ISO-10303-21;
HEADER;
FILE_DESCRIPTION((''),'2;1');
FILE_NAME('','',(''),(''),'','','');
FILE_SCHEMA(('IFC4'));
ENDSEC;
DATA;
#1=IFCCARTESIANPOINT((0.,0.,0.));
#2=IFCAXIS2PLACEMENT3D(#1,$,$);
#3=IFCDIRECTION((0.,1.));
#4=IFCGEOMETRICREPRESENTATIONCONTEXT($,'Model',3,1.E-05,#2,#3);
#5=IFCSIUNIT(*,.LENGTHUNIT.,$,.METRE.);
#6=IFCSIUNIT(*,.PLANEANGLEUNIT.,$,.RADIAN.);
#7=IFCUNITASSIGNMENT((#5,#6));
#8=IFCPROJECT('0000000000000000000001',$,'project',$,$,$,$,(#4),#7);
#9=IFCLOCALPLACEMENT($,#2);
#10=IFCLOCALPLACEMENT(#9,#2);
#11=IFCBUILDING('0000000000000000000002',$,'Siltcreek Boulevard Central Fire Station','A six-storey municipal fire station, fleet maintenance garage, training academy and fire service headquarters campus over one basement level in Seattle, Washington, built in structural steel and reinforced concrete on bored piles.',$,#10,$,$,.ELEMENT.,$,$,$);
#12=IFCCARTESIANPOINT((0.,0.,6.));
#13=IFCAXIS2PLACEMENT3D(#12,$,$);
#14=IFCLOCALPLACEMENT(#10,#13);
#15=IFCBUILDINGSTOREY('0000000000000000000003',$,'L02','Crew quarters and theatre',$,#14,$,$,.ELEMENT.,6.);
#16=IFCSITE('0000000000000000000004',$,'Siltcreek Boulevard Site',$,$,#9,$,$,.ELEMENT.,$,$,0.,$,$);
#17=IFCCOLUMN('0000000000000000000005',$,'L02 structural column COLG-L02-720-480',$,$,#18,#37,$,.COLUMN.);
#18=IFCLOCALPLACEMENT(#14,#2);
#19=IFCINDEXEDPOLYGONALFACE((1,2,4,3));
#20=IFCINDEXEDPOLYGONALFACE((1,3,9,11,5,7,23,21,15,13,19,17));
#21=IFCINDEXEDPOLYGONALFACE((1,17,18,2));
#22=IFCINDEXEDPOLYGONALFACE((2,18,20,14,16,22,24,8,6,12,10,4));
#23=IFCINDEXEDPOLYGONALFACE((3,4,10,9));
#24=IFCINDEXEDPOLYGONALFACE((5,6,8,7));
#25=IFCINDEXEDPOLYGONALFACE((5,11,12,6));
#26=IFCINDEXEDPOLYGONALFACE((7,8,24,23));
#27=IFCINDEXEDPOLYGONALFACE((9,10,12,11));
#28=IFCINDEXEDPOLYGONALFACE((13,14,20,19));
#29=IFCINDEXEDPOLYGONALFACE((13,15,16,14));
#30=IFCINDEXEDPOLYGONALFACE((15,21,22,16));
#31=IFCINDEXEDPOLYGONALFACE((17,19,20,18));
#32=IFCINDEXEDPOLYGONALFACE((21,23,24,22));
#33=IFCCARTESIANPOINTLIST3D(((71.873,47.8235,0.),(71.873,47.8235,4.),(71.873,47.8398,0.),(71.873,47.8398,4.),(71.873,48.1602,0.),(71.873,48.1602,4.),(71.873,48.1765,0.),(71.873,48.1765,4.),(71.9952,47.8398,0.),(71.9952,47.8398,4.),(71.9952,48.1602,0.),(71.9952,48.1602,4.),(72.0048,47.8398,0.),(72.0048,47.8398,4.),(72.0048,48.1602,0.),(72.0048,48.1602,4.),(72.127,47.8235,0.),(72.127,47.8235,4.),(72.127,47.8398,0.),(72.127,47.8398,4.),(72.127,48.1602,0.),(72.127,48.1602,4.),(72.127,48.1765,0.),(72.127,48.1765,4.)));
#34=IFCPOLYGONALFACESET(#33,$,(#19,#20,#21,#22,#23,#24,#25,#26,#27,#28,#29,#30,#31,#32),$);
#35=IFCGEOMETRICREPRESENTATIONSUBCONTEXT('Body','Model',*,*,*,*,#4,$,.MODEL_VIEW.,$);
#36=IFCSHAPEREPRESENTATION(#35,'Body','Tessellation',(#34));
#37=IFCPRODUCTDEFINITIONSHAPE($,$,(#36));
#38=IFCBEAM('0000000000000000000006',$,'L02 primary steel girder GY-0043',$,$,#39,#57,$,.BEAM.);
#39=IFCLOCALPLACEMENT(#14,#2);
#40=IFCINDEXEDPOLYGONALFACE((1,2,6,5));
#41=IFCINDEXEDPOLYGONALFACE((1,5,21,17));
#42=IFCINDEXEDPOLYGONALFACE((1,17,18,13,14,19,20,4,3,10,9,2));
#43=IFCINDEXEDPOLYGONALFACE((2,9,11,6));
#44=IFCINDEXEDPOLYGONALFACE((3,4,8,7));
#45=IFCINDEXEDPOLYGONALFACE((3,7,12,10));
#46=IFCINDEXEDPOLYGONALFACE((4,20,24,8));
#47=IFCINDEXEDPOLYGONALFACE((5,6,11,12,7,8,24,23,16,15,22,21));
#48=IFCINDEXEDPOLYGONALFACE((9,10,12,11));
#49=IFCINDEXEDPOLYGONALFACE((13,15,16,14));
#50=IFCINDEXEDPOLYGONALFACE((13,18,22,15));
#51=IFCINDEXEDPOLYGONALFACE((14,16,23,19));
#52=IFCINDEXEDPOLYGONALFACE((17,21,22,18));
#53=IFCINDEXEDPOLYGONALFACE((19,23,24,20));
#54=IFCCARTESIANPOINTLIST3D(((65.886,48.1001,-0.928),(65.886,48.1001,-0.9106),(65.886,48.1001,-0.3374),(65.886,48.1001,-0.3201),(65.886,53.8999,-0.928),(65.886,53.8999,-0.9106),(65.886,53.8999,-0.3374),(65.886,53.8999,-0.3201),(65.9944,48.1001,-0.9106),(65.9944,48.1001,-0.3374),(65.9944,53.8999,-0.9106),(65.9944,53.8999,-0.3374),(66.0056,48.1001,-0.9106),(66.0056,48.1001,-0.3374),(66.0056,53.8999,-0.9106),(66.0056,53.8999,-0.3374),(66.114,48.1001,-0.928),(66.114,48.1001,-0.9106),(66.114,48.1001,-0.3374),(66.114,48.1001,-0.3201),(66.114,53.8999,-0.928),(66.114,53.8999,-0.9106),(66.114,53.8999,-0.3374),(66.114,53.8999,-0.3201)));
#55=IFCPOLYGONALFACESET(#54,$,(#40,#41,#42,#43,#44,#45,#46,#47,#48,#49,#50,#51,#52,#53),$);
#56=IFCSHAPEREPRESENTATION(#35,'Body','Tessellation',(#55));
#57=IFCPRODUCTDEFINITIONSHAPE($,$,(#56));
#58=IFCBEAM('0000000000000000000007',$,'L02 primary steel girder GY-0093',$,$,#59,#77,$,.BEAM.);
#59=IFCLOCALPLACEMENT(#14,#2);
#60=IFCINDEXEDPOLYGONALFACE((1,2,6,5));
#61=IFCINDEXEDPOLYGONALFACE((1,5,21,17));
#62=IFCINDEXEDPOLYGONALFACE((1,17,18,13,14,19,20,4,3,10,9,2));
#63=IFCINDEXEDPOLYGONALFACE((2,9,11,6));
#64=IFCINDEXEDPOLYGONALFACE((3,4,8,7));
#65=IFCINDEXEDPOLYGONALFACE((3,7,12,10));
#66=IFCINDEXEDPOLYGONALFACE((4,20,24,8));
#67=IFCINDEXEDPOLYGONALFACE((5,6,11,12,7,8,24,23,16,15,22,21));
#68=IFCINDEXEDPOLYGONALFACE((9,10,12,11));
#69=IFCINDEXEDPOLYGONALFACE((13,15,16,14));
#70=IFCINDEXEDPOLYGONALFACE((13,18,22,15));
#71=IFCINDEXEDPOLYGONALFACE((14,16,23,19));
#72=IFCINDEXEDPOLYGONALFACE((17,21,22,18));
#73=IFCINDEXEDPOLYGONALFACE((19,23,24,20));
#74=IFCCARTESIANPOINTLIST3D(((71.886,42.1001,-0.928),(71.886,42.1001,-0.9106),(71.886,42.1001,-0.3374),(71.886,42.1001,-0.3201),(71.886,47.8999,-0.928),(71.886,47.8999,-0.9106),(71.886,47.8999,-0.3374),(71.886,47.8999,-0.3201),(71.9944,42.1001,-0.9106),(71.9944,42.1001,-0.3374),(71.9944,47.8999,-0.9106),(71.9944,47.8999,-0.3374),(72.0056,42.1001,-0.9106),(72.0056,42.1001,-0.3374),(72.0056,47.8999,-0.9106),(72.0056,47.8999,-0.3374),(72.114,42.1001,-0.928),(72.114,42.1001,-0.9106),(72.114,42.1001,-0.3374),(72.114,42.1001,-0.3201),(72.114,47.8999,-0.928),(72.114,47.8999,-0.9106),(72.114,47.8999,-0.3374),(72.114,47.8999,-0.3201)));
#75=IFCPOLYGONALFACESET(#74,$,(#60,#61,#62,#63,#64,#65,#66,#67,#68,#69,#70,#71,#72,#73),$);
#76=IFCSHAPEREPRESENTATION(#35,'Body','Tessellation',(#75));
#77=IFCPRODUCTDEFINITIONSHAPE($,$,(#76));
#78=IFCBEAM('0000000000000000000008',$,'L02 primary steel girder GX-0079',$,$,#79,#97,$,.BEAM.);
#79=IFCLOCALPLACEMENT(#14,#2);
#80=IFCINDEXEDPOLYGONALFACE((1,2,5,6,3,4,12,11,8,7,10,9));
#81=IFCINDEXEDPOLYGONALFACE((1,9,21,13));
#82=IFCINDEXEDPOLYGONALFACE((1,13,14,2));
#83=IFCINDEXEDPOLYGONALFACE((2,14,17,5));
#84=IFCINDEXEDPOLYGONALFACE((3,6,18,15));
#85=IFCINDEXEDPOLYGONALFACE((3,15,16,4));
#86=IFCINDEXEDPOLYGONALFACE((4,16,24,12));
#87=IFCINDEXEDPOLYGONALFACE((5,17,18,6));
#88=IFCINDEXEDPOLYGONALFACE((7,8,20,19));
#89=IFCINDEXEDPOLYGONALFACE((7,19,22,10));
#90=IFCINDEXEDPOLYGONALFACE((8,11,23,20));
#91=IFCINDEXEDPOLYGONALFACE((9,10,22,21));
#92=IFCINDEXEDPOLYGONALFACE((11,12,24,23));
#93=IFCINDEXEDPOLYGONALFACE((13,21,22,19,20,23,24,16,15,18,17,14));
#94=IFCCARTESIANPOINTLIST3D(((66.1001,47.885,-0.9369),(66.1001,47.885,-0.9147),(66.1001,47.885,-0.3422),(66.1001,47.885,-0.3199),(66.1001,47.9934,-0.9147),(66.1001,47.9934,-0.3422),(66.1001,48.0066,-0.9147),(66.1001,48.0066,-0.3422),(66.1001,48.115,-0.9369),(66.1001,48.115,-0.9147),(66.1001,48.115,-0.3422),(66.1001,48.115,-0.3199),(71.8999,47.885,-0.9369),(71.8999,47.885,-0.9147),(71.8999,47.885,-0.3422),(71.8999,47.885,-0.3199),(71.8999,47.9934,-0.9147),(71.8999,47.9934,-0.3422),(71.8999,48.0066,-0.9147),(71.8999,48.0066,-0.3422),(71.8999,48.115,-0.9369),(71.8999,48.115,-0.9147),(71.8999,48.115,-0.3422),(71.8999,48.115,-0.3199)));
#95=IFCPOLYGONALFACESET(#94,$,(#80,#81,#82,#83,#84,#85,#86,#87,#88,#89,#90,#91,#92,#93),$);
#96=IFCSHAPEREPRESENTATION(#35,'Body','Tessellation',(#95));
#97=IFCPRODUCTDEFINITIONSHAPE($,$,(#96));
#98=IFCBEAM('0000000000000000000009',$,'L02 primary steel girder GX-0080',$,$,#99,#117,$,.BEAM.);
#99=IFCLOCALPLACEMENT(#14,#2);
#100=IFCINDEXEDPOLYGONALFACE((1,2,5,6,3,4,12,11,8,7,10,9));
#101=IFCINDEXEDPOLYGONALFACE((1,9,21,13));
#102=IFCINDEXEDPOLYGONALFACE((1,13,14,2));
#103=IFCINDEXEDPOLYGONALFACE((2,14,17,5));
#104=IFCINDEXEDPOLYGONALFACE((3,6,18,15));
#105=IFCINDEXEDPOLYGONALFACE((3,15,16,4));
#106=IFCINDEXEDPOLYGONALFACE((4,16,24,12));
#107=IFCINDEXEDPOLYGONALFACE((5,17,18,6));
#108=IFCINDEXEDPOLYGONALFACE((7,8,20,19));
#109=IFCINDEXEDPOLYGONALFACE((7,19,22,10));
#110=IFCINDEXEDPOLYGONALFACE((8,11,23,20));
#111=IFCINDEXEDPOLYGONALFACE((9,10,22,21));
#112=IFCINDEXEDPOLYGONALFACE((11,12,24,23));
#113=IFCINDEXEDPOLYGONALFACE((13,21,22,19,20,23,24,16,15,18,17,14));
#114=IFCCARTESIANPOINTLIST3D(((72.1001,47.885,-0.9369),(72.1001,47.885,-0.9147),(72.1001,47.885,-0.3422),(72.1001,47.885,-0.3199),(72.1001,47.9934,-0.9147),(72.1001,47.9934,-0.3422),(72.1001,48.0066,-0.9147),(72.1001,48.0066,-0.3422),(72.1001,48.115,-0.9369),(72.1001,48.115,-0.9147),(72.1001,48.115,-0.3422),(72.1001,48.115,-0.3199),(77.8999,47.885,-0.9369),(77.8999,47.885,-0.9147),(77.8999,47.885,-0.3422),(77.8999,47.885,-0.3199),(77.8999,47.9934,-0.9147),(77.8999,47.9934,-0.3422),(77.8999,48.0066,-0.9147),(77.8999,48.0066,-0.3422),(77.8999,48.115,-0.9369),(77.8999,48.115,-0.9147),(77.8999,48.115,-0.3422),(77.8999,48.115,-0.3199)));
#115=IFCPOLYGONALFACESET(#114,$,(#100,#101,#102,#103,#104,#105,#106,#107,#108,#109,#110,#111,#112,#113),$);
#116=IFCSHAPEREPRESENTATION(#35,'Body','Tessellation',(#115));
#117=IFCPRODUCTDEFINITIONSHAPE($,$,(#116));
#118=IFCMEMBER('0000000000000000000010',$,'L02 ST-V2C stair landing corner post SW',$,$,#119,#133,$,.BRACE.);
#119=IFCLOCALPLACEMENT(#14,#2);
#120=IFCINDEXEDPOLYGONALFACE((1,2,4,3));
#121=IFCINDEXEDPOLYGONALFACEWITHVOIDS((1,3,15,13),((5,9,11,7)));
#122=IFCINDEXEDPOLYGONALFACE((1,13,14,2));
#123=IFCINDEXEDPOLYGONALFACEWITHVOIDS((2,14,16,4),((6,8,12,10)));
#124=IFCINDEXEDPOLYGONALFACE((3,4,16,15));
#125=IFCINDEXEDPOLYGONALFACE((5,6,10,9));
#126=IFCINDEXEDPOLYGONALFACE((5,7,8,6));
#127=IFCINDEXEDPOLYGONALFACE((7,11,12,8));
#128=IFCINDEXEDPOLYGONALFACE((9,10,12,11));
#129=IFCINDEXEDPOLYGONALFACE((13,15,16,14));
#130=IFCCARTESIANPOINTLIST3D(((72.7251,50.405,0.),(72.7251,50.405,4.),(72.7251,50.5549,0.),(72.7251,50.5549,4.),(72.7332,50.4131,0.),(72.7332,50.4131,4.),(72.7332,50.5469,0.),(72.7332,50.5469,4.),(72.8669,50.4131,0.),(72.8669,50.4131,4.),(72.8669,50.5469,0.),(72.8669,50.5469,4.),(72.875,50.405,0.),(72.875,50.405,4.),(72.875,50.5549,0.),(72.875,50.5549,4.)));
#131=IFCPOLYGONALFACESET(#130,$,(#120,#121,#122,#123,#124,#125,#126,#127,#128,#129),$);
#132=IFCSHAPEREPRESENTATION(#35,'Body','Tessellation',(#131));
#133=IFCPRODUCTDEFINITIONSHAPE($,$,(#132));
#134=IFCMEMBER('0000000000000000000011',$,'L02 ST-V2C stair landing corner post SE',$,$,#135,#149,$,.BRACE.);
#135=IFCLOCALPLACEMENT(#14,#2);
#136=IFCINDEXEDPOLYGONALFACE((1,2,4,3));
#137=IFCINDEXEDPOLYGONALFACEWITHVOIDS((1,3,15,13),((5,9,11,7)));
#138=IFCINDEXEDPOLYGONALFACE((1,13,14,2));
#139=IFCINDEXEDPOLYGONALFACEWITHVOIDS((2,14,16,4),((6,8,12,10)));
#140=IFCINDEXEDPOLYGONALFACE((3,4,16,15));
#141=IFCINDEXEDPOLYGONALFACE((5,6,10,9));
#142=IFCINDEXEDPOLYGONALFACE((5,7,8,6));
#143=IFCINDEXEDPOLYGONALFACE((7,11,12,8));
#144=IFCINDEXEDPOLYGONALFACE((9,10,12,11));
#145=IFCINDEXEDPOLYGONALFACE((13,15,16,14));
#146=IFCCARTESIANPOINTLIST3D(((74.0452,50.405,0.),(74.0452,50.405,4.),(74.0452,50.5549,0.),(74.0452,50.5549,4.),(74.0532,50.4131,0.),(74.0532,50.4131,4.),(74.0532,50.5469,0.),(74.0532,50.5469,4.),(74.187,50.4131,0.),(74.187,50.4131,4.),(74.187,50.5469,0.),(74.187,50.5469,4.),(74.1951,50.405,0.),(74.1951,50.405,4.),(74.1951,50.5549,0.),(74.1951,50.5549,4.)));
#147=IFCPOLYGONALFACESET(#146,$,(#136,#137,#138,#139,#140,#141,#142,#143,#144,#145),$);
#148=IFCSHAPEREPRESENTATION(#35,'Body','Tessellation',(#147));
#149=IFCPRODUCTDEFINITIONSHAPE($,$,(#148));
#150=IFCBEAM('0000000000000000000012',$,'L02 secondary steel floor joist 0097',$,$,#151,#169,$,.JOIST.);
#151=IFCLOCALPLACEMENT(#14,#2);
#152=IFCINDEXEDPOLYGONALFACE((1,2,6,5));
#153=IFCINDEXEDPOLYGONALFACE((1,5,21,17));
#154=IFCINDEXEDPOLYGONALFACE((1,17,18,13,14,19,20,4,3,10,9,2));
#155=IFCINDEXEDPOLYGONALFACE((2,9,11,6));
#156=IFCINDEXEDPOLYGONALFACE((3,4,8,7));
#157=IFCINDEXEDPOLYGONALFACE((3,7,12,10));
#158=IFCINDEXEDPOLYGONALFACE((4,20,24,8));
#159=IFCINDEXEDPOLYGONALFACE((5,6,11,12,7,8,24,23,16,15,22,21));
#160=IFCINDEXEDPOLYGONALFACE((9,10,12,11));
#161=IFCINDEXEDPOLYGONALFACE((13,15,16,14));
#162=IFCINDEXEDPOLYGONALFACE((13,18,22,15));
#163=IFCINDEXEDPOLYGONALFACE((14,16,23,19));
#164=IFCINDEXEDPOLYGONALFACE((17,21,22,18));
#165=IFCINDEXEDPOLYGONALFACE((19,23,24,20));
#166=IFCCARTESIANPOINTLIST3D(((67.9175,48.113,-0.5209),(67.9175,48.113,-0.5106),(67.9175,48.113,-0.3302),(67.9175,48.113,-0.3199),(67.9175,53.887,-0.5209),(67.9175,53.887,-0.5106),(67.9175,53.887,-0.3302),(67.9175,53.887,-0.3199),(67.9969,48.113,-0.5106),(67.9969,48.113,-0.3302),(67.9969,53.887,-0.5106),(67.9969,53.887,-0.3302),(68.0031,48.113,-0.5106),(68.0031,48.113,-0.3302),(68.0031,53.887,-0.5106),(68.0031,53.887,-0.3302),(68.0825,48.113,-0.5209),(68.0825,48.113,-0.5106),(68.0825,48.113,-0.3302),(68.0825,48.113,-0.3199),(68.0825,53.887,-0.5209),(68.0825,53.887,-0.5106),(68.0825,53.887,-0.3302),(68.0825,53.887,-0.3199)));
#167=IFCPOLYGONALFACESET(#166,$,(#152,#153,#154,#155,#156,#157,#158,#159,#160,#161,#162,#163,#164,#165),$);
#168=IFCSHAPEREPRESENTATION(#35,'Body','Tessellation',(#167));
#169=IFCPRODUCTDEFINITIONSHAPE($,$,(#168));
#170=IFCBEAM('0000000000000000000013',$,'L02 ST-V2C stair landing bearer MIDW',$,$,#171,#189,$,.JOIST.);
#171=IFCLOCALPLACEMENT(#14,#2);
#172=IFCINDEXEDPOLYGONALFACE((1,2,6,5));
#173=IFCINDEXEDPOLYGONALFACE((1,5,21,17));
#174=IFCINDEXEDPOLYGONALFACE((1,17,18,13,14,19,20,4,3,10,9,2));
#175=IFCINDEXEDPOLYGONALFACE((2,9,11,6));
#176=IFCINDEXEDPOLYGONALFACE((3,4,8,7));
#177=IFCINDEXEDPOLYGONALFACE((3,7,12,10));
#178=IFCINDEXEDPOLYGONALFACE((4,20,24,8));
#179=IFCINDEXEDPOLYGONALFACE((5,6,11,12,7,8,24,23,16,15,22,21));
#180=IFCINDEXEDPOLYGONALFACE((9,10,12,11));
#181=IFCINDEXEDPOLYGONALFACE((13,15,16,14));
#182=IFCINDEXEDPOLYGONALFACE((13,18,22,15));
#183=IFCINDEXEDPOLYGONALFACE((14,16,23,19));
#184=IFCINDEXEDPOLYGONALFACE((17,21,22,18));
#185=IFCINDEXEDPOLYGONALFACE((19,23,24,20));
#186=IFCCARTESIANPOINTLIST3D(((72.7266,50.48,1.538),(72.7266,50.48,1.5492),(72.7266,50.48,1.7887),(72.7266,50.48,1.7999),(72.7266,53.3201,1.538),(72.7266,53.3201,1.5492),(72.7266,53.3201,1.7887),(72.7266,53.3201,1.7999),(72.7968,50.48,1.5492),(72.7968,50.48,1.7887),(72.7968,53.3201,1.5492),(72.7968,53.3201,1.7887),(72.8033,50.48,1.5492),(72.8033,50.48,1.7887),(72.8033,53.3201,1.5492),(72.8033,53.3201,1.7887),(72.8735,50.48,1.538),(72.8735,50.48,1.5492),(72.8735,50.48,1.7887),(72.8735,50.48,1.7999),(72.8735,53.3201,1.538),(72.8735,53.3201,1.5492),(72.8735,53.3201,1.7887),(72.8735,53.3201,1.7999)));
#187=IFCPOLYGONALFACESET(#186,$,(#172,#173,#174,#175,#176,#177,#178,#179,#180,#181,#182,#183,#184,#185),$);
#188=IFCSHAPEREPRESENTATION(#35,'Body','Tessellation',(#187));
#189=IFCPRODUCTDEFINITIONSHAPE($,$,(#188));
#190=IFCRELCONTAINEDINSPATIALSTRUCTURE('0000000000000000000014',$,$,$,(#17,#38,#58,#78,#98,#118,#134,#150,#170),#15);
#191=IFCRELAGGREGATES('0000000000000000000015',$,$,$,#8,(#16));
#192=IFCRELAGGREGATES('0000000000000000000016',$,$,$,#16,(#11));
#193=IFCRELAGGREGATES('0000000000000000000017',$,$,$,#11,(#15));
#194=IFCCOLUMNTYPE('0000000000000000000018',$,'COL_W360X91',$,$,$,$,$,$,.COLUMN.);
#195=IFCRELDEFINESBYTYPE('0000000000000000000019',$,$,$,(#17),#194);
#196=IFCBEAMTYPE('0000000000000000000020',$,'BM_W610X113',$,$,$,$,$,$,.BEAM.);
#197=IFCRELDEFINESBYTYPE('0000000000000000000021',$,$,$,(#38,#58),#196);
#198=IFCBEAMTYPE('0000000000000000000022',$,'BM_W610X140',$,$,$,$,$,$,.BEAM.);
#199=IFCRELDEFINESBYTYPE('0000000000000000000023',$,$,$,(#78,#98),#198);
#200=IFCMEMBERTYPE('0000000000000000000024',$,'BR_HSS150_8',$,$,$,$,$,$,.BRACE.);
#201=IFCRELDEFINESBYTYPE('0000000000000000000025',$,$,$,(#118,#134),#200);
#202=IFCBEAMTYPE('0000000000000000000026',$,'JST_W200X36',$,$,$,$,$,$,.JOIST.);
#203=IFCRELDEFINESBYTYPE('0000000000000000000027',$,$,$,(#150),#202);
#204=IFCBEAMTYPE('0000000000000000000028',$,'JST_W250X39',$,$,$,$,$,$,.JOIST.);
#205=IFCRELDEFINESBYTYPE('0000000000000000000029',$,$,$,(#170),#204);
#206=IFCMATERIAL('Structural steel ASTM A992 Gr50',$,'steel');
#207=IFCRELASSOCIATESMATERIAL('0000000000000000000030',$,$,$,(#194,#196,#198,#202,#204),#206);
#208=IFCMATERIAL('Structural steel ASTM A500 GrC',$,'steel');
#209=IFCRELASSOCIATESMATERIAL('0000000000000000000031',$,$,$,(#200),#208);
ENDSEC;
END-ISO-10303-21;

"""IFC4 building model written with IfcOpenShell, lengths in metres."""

from ifc_helpers import new_model, si_unit, direction, frame, origin, origin_2d, place, context, subcontext, project, spatial, hollow_rectangle, i_section, extrude, material, material_profile, profile_set, type_object, element, save


model = new_model("IFC4")

# Units and contexts
model_context = context("Model", 3, precision=1e-05, world=origin(), true_north=direction((0.0, 1.0)))
body_context = subcontext(model_context, "Body", "Model", "MODEL_VIEW")
ifc_project = project(units=[si_unit("LENGTHUNIT", "METRE"), si_unit("PLANEANGLEUNIT", "RADIAN")], contexts=[model_context])

# Site, building, storey
site_placement = place(None, origin())
site = spatial("IfcSite", under=ifc_project, at=site_placement, Name="Siltcreek Boulevard Site", CompositionType="ELEMENT", RefElevation=0.0)
building_placement = place(site_placement, origin())
building = spatial("IfcBuilding", under=site, at=building_placement, Name="Siltcreek Boulevard Central Fire Station", Description="A six-storey municipal fire station, fleet maintenance garage, training academy and fire service headquarters campus over one basement level in Seattle, Washington, built in structural steel and reinforced concrete on bored piles.", CompositionType="ELEMENT")
storey_placement = place(building_placement, frame((0.0, 0.0, 6.0)))
storey = spatial("IfcBuildingStorey", under=building, at=storey_placement, Name="L02", Description="Crew quarters and theatre", CompositionType="ELEMENT", Elevation=6.0)

# Column
ifc_material_1 = material(Name="Structural steel ASTM A992 Gr50", Category="steel")
ifc_material_profile_1 = material_profile(ifc_material_1, i_section(OverallWidth=0.2539, OverallDepth=0.353, WebThickness=0.0095, FlangeThickness=0.0164, at=origin_2d()), Name="W360X91")
ifc_profile_set_1 = profile_set([ifc_material_profile_1], Name="Structural steel ASTM A992 Gr50")
column_type = type_object("IfcColumnType", Name="COL_W360X91", PredefinedType="COLUMN", material=ifc_profile_set_1)
column_placement = place(storey_placement, frame((72.0, 48.0, 0.0), z_axis=(0.0, 0.0, 1.0), x_axis=(1.0, 0.0, 0.0)))
element("IfcColumn", 1, at=column_placement, inside=storey, type_object=column_type, Name="L02 structural column COLG-L02-720-480", PredefinedType="COLUMN", context=body_context, shape_type="SweptSolid", body=[
    extrude(i_section(OverallWidth=0.2539, OverallDepth=0.353, WebThickness=0.0095, FlangeThickness=0.0164, at=origin_2d()), origin(), (0.0, 0.0, 1.0), 4.0),
])

# Beams
ifc_material_profile_2 = material_profile(ifc_material_1, i_section(OverallWidth=0.228, OverallDepth=0.6079, WebThickness=0.0112, FlangeThickness=0.0173, at=origin_2d()), Name="W610X113")
ifc_profile_set_2 = profile_set([ifc_material_profile_2], Name="Structural steel ASTM A992 Gr50")
beam_type_1 = type_object("IfcBeamType", Name="BM_W610X113", PredefinedType="BEAM", material=ifc_profile_set_2)
for number, where, z_axis, x_axis, name in (
    (2, (66.0, 48.1001, -0.624), (0.0, 1.0, 0.0), (-1.0, 0.0, 0.0), "L02 primary steel girder GY-0043"),
    (3, (72.0, 42.1001, -0.624), (0.0, 1.0, 0.0), (-1.0, 0.0, 0.0), "L02 primary steel girder GY-0093"),
):
    element("IfcBeam", number, at=place(storey_placement, frame(where, z_axis=z_axis, x_axis=x_axis)), inside=storey, type_object=beam_type_1, Name=name, PredefinedType="BEAM", context=body_context, shape_type="SweptSolid", body=[
        extrude(i_section(OverallWidth=0.228, OverallDepth=0.6079, WebThickness=0.0112, FlangeThickness=0.0173, at=origin_2d()), origin(), (0.0, 0.0, 1.0), 5.7998),
    ])
ifc_material_profile_3 = material_profile(ifc_material_1, i_section(OverallWidth=0.23, OverallDepth=0.6169, WebThickness=0.0132, FlangeThickness=0.0222, at=origin_2d()), Name="W610X140")
ifc_profile_set_3 = profile_set([ifc_material_profile_3], Name="Structural steel ASTM A992 Gr50")
beam_type_2 = type_object("IfcBeamType", Name="BM_W610X140", PredefinedType="BEAM", material=ifc_profile_set_3)
for number, where, z_axis, x_axis, name in (
    (4, (66.1001, 48.0, -0.6284), (1.0, 0.0, 0.0), (0.0, 1.0, 0.0), "L02 primary steel girder GX-0079"),
    (5, (72.1001, 48.0, -0.6284), (1.0, 0.0, 0.0), (0.0, 1.0, 0.0), "L02 primary steel girder GX-0080"),
):
    element("IfcBeam", number, at=place(storey_placement, frame(where, z_axis=z_axis, x_axis=x_axis)), inside=storey, type_object=beam_type_2, Name=name, PredefinedType="BEAM", context=body_context, shape_type="SweptSolid", body=[
        extrude(i_section(OverallWidth=0.23, OverallDepth=0.6169, WebThickness=0.0132, FlangeThickness=0.0222, at=origin_2d()), origin(), (0.0, 0.0, 1.0), 5.7998),
    ])

# Members
ifc_material_2 = material(Name="Structural steel ASTM A500 GrC", Category="steel")
ifc_material_profile_4 = material_profile(ifc_material_2, hollow_rectangle(XDim=0.1499, YDim=0.1499, WallThickness=0.0081, at=origin_2d()), Name="HSS150X150X8.0")
ifc_profile_set_4 = profile_set([ifc_material_profile_4], Name="Structural steel ASTM A500 GrC")
member_type = type_object("IfcMemberType", Name="BR_HSS150_8", PredefinedType="BRACE", material=ifc_profile_set_4)
for number, where, z_axis, x_axis, name in (
    (6, (72.8, 50.48, 0.0), (0.0, 0.0, 1.0), (1.0, 0.0, 0.0), "L02 ST-V2C stair landing corner post SW"),
    (7, (74.1201, 50.48, 0.0), (0.0, 0.0, 1.0), (1.0, 0.0, 0.0), "L02 ST-V2C stair landing corner post SE"),
):
    element("IfcMember", number, at=place(storey_placement, frame(where, z_axis=z_axis, x_axis=x_axis)), inside=storey, type_object=member_type, Name=name, PredefinedType="BRACE", context=body_context, shape_type="SweptSolid", body=[
        extrude(hollow_rectangle(XDim=0.1499, YDim=0.1499, WallThickness=0.0081, at=origin_2d()), origin(), (0.0, 0.0, 1.0), 4.0),
    ])

# Beams
ifc_material_profile_5 = material_profile(ifc_material_1, i_section(OverallWidth=0.165, OverallDepth=0.2009, WebThickness=0.0061, FlangeThickness=0.0103, at=origin_2d()), Name="W200X36")
ifc_profile_set_5 = profile_set([ifc_material_profile_5], Name="Structural steel ASTM A992 Gr50")
beam_type_3 = type_object("IfcBeamType", Name="JST_W200X36", PredefinedType="JOIST", material=ifc_profile_set_5)
beam_1_placement = place(storey_placement, frame((68.0, 48.113, -0.4204), z_axis=(0.0, 1.0, 0.0), x_axis=(-1.0, 0.0, 0.0)))
element("IfcBeam", 8, at=beam_1_placement, inside=storey, type_object=beam_type_3, Name="L02 secondary steel floor joist 0097", PredefinedType="JOIST", context=body_context, shape_type="SweptSolid", body=[
    extrude(i_section(OverallWidth=0.165, OverallDepth=0.2009, WebThickness=0.0061, FlangeThickness=0.0103, at=origin_2d()), origin(), (0.0, 0.0, 1.0), 5.7739),
])
ifc_material_profile_6 = material_profile(ifc_material_1, i_section(OverallWidth=0.147, OverallDepth=0.262, WebThickness=0.0066, FlangeThickness=0.0112, at=origin_2d()), Name="W250X39")
ifc_profile_set_6 = profile_set([ifc_material_profile_6], Name="Structural steel ASTM A992 Gr50")
beam_type_4 = type_object("IfcBeamType", Name="JST_W250X39", PredefinedType="JOIST", material=ifc_profile_set_6)
beam_2_placement = place(storey_placement, frame((72.8, 50.48, 1.6689), z_axis=(0.0, 1.0, 0.0), x_axis=(-1.0, 0.0, 0.0)))
element("IfcBeam", 9, at=beam_2_placement, inside=storey, type_object=beam_type_4, Name="L02 ST-V2C stair landing bearer MIDW", PredefinedType="JOIST", context=body_context, shape_type="SweptSolid", body=[
    extrude(i_section(OverallWidth=0.147, OverallDepth=0.262, WebThickness=0.0066, FlangeThickness=0.0112, at=origin_2d()), origin(), (0.0, 0.0, 1.0), 2.8401),
])

save(model, "model.ifc")
